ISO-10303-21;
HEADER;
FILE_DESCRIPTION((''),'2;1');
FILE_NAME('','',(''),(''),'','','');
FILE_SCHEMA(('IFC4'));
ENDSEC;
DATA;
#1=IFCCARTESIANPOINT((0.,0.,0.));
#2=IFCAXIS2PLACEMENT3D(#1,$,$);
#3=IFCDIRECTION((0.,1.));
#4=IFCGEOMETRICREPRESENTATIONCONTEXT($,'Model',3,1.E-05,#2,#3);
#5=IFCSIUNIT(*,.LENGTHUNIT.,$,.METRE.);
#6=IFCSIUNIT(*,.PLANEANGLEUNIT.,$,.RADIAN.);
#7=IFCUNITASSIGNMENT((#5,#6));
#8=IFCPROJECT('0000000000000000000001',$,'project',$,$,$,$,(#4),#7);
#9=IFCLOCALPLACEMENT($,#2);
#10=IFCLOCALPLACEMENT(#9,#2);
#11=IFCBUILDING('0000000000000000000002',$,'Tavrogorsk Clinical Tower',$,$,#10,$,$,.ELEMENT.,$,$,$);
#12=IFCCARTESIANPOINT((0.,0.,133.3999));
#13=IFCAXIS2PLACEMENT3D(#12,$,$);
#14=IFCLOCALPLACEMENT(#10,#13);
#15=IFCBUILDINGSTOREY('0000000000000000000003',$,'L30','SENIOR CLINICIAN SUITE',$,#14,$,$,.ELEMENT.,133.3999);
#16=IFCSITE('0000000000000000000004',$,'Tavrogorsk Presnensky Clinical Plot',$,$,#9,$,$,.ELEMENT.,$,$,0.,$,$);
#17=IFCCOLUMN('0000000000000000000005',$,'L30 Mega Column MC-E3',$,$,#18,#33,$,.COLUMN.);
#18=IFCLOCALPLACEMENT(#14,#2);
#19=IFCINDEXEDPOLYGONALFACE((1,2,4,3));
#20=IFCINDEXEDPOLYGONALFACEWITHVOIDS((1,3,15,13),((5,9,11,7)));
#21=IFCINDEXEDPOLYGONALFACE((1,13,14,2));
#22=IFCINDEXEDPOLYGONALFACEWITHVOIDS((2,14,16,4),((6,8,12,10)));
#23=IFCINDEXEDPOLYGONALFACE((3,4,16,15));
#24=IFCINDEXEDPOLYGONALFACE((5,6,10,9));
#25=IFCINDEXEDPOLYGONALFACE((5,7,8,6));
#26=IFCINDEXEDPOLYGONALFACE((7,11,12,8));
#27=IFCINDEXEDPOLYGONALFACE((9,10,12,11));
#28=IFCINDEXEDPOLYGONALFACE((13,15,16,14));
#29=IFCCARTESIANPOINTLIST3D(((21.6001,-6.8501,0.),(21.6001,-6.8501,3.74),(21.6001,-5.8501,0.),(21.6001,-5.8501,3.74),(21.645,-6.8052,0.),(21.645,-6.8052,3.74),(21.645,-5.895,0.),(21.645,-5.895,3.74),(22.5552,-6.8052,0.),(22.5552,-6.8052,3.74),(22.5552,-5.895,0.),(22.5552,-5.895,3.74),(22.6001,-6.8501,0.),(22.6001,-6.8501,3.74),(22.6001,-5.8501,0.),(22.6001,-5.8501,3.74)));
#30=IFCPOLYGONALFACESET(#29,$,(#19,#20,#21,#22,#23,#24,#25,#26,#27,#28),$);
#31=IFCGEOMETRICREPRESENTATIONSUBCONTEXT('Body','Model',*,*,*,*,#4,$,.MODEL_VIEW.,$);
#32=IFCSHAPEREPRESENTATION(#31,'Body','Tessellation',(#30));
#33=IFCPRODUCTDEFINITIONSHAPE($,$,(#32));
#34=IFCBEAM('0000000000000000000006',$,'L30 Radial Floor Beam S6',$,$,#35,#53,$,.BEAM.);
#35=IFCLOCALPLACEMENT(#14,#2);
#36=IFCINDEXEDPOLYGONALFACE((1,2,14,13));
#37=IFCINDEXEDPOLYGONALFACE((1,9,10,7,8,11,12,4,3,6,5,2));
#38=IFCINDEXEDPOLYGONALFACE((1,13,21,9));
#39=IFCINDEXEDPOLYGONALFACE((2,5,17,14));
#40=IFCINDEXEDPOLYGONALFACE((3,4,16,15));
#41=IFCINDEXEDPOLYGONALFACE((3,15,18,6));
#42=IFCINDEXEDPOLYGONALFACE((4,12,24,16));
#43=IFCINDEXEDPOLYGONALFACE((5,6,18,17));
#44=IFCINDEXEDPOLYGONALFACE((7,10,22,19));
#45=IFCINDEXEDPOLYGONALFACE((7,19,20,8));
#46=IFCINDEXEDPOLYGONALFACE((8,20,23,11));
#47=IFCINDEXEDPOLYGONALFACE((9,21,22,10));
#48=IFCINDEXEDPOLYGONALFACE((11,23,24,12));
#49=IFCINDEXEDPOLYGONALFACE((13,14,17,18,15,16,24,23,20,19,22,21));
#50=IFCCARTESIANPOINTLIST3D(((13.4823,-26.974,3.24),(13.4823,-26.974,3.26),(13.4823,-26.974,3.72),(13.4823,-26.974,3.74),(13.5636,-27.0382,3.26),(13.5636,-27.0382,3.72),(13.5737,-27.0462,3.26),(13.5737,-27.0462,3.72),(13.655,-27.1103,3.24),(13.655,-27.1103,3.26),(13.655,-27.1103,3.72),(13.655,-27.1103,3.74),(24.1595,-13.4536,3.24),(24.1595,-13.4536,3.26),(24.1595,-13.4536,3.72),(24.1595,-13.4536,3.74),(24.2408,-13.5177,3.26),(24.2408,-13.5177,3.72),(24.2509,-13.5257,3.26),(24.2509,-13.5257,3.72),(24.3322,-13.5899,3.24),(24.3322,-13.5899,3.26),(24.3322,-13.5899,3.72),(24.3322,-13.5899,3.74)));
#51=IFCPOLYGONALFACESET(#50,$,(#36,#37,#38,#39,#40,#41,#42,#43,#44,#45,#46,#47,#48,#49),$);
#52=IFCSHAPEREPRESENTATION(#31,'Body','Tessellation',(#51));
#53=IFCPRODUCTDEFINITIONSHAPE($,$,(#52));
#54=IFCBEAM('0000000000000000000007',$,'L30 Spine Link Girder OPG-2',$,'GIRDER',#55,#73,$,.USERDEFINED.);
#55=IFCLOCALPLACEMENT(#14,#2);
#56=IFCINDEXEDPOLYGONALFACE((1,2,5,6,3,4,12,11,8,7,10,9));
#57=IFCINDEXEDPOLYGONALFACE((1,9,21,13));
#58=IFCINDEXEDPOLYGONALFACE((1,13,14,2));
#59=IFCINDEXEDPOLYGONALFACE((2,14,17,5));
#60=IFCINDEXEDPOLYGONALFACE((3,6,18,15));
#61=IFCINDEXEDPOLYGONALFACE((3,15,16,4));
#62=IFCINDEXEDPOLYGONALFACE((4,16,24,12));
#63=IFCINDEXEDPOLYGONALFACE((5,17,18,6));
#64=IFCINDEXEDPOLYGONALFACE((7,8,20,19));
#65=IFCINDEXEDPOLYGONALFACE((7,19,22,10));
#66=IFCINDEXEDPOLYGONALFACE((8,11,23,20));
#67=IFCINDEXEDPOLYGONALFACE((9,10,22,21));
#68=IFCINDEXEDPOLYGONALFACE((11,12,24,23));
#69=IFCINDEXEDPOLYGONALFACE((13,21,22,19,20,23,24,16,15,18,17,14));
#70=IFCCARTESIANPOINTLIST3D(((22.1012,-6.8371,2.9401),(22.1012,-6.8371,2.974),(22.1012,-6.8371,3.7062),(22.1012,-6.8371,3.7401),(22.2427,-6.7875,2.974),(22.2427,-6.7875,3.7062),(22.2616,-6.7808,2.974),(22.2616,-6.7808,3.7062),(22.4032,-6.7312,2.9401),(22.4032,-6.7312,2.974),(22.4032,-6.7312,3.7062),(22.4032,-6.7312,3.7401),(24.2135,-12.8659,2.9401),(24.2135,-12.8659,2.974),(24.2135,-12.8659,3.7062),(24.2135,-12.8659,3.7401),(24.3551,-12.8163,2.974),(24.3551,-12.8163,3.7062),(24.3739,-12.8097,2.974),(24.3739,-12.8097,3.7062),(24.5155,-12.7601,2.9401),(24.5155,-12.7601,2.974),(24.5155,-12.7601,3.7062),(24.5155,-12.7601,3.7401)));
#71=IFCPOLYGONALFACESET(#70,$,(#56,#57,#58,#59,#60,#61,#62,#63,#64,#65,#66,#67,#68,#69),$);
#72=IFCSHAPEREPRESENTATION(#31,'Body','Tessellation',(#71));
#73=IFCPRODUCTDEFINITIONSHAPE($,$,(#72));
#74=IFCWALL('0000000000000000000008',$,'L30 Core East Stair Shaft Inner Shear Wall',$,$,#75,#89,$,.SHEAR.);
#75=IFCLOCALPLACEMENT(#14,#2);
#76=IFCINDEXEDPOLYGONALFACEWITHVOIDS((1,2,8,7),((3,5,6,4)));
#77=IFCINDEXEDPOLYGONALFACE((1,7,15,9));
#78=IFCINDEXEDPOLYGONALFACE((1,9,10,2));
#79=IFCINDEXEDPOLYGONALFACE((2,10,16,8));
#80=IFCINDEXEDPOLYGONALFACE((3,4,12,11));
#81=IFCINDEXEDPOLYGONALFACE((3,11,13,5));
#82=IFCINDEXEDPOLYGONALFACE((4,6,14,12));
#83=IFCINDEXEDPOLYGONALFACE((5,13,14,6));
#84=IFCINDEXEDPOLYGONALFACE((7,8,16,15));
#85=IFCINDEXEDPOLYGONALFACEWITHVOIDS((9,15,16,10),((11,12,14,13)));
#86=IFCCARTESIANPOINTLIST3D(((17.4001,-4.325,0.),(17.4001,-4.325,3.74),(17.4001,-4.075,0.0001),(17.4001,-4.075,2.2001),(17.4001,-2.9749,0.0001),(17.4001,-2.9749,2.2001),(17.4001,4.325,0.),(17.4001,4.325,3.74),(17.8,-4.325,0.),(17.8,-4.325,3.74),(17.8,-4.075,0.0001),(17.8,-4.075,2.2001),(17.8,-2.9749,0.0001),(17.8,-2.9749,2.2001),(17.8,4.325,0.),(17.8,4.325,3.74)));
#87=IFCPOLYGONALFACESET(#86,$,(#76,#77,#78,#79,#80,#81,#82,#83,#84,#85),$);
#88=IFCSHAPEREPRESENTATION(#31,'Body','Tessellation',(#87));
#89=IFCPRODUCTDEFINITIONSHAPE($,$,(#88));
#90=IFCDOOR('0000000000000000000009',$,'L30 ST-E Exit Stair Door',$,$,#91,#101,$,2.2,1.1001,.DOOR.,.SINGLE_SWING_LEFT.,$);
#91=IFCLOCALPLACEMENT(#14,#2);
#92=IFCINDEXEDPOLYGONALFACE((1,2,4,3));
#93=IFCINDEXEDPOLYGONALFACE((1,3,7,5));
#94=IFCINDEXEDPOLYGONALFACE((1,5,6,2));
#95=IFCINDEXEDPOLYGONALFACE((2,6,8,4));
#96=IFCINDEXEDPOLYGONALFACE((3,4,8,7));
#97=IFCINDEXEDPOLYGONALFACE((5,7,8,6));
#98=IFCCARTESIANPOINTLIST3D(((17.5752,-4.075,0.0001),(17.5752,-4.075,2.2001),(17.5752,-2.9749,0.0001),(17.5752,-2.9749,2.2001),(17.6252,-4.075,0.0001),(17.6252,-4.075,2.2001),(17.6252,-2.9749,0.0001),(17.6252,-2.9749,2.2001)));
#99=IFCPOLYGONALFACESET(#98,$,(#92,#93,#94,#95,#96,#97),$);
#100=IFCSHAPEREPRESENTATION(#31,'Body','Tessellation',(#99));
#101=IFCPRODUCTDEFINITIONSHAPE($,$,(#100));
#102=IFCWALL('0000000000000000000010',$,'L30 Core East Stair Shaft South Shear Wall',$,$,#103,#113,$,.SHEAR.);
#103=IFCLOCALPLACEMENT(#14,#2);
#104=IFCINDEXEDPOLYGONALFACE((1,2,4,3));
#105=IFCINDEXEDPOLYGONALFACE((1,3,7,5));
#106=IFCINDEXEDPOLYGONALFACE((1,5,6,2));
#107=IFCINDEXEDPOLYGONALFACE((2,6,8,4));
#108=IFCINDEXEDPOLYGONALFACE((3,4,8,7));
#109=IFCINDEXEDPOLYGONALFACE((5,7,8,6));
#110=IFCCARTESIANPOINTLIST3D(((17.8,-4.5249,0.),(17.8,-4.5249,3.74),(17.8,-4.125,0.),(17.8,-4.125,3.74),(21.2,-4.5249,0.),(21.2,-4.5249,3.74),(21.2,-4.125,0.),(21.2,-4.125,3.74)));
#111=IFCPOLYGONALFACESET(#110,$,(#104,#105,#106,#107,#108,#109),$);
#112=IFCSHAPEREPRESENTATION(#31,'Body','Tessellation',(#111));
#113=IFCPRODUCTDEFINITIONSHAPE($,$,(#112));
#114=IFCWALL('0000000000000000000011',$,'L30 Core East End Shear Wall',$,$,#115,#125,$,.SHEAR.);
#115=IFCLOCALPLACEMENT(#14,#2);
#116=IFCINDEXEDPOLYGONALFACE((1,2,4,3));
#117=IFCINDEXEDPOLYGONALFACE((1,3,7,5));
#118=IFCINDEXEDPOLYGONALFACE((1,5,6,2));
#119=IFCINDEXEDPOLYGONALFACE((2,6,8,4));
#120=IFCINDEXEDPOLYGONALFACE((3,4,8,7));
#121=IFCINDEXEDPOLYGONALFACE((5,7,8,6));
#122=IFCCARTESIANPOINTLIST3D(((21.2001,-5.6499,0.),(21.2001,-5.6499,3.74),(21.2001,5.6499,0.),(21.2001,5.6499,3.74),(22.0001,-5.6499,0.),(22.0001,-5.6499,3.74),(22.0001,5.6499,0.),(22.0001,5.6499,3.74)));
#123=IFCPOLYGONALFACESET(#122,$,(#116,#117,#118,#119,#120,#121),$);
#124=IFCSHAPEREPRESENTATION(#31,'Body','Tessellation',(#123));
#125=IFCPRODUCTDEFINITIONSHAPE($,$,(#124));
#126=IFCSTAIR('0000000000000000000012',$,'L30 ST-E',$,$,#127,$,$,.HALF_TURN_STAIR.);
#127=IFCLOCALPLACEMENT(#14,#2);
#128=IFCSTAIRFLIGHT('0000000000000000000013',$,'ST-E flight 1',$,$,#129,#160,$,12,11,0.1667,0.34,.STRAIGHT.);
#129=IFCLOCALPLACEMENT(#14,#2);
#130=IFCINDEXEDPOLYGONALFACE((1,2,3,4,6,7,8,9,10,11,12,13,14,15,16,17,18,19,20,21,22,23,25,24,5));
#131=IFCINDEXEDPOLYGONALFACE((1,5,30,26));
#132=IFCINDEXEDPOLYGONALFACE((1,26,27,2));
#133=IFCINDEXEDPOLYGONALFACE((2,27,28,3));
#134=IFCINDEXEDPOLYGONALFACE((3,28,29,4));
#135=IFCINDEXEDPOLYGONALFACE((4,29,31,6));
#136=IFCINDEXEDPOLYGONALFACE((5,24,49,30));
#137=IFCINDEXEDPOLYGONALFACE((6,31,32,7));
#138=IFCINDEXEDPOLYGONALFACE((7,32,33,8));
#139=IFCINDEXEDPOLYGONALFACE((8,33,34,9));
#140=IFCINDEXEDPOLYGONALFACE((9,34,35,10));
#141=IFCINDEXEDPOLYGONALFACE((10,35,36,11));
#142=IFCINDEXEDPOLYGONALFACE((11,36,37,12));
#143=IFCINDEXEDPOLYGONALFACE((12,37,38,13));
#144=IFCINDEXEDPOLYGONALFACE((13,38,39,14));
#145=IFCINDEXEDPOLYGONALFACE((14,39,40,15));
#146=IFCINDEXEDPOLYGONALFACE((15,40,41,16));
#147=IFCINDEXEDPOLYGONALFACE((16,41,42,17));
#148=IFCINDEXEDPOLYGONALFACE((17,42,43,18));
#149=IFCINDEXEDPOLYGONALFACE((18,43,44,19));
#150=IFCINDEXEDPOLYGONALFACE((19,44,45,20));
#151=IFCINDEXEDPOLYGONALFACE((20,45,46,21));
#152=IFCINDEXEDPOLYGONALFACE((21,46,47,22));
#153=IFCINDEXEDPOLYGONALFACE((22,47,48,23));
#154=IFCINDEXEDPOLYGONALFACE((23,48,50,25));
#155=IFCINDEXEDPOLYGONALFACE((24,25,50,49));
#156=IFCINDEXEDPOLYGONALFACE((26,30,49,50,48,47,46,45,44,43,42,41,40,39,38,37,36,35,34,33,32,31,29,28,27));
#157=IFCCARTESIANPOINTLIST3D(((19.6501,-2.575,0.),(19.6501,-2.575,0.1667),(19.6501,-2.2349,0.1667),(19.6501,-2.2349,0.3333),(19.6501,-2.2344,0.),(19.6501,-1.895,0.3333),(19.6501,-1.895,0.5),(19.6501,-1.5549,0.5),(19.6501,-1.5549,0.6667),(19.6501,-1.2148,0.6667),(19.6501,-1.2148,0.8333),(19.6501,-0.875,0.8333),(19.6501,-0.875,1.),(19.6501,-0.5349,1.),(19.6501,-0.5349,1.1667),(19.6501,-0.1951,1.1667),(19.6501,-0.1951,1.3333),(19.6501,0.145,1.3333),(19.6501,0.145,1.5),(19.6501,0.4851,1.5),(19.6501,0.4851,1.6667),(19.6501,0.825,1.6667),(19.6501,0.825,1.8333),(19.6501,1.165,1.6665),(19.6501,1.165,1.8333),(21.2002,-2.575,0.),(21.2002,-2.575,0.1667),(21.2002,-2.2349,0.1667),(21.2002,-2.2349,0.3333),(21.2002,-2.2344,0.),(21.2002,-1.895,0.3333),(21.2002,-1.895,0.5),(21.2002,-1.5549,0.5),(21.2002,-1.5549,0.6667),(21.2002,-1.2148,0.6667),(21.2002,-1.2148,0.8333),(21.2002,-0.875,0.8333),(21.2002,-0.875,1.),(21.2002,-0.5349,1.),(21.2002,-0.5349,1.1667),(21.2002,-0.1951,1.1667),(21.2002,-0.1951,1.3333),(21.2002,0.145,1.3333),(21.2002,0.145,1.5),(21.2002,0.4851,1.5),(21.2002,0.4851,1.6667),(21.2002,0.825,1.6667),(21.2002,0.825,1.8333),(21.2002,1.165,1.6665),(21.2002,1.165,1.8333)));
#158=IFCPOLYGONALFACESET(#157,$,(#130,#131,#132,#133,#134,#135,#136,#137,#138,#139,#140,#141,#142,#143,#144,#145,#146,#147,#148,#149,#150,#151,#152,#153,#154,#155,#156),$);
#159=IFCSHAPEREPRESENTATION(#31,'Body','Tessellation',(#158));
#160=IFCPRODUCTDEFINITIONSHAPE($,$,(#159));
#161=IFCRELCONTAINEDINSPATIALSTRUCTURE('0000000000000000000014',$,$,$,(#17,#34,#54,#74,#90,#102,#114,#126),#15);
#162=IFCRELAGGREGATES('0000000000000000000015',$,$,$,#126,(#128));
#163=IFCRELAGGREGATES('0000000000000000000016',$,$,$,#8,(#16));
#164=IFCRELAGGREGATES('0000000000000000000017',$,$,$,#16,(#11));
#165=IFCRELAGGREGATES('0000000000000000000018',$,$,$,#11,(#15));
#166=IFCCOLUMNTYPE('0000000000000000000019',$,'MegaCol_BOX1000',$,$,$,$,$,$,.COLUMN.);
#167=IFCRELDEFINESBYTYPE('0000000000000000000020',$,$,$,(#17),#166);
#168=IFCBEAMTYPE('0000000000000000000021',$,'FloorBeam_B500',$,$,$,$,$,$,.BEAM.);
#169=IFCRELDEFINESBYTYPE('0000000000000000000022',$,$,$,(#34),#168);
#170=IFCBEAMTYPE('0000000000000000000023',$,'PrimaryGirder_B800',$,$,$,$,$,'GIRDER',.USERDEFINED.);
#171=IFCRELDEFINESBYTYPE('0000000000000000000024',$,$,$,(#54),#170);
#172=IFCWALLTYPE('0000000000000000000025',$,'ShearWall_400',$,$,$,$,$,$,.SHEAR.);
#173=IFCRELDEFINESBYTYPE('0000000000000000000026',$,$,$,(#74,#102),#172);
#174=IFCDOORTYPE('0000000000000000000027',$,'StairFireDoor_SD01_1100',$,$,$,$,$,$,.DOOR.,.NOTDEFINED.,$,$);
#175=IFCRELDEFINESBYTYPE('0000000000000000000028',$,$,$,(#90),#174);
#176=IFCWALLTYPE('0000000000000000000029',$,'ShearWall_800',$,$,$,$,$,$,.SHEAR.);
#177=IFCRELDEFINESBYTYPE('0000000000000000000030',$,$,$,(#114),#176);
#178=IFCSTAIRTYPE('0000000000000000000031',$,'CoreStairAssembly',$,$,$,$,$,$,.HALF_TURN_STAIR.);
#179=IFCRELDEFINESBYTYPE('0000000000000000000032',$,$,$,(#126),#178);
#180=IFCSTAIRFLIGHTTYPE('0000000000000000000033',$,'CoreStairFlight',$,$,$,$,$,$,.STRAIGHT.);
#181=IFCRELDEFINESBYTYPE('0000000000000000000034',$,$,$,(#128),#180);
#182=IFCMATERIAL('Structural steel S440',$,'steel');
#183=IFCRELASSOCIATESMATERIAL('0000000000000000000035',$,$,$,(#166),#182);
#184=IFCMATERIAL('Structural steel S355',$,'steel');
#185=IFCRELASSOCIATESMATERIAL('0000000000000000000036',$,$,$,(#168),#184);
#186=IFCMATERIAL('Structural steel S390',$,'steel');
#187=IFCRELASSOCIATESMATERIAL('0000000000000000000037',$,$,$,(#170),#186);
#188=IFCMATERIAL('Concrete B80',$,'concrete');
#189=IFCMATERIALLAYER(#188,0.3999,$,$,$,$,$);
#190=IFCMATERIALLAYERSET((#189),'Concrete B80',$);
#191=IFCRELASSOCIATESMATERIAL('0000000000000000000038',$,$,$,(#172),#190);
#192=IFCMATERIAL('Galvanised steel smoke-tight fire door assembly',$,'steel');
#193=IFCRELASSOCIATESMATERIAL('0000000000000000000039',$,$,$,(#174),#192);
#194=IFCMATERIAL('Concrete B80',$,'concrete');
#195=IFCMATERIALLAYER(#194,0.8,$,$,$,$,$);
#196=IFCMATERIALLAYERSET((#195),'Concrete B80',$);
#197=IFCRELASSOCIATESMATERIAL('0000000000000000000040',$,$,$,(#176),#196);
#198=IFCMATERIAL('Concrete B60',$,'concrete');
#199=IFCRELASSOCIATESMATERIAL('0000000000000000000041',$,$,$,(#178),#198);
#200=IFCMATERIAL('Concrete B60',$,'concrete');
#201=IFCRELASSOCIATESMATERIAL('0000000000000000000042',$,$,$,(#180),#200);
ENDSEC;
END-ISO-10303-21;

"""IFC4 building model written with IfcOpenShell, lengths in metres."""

from ifc_helpers import new_model, si_unit, direction, frame, frame_2d, origin, origin_2d, place, context, subcontext, project, spatial, polyline, rectangle, hollow_rectangle, i_section, outline, extrude, material, layer, layer_set, material_profile, profile_set, type_object, element, fill, aggregate, save


model = new_model("IFC4")

# Units and contexts
model_context = context("Model", 3, precision=1e-05, world=origin(), true_north=direction((0.0, 1.0)))
body_context = subcontext(model_context, "Body", "Model", "MODEL_VIEW")
ifc_project = project(units=[si_unit("LENGTHUNIT", "METRE"), si_unit("PLANEANGLEUNIT", "RADIAN")], contexts=[model_context])

# Site, building, storey
site_placement = place(None, origin())
site = spatial("IfcSite", under=ifc_project, at=site_placement, Name="Tavrogorsk Presnensky Clinical Plot", CompositionType="ELEMENT", RefElevation=0.0)
building_placement = place(site_placement, origin())
building = spatial("IfcBuilding", under=site, at=building_placement, Name="Tavrogorsk Clinical Tower", CompositionType="ELEMENT")
storey_placement = place(building_placement, frame((0.0, 0.0, 133.3999)))
storey = spatial("IfcBuildingStorey", under=building, at=storey_placement, Name="L30", Description="SENIOR CLINICIAN SUITE", CompositionType="ELEMENT", Elevation=133.3999)

# Column
ifc_material_1 = material(Name="Structural steel S440", Category="steel")
ifc_material_profile_1 = material_profile(ifc_material_1, hollow_rectangle(XDim=1.0, YDim=1.0, WallThickness=0.0449, at=origin_2d()), Name="BOX-1000x1000x45")
ifc_profile_set_1 = profile_set([ifc_material_profile_1], Name="Structural steel S440")
column_type = type_object("IfcColumnType", Name="MegaCol_BOX1000", PredefinedType="COLUMN", material=ifc_profile_set_1)
column_placement = place(storey_placement, frame((22.1001, -6.3501, 0.0), z_axis=(0.0, 0.0, 1.0), x_axis=(1.0, 0.0, 0.0)))
element("IfcColumn", 1, at=column_placement, inside=storey, type_object=column_type, Name="L30 Mega Column MC-E3", PredefinedType="COLUMN", context=body_context, shape_type="SweptSolid", body=[
    extrude(hollow_rectangle(XDim=1.0, YDim=1.0, WallThickness=0.0449, at=origin_2d()), origin(), (0.0, 0.0, 1.0), 3.74),
])

# Beams
ifc_material_2 = material(Name="Structural steel S355", Category="steel")
ifc_material_profile_2 = material_profile(ifc_material_2, i_section(OverallWidth=0.22, OverallDepth=0.5, WebThickness=0.0129, FlangeThickness=0.02, at=origin_2d()), Name="B-500x220x13x20")
ifc_profile_set_2 = profile_set([ifc_material_profile_2], Name="Structural steel S355")
beam_type_1 = type_object("IfcBeamType", Name="FloorBeam_B500", PredefinedType="BEAM", material=ifc_profile_set_2)
beam_1_placement = place(storey_placement, frame((24.2458, -13.5217, 3.49), z_axis=(-0.619757, -0.784794, 0.0), x_axis=(0.784794, -0.619757, 0.0)))
element("IfcBeam", 2, at=beam_1_placement, inside=storey, type_object=beam_type_1, Name="L30 Radial Floor Beam S6", PredefinedType="BEAM", context=body_context, shape_type="SweptSolid", body=[
    extrude(i_section(OverallWidth=0.22, OverallDepth=0.5, WebThickness=0.0129, FlangeThickness=0.02, at=origin_2d()), origin(), (0.0, 0.0, 1.0), 17.228),
])
ifc_material_3 = material(Name="Structural steel S390", Category="steel")
ifc_material_profile_3 = material_profile(ifc_material_3, i_section(OverallWidth=0.3201, OverallDepth=0.8, WebThickness=0.02, FlangeThickness=0.0339, at=origin_2d()), Name="B-800x320x20x34")
ifc_profile_set_3 = profile_set([ifc_material_profile_3], Name="Structural steel S390")
beam_type_2 = type_object("IfcBeamType", Name="PrimaryGirder_B800", ElementType="GIRDER", PredefinedType="USERDEFINED", material=ifc_profile_set_3)
beam_2_placement = place(storey_placement, frame((24.3645, -12.813, 3.3401), z_axis=(-0.33066, 0.94375, 0.0), x_axis=(-0.94375, -0.33066, 0.0)))
element("IfcBeam", 3, at=beam_2_placement, inside=storey, type_object=beam_type_2, Name="L30 Spine Link Girder OPG-2", ObjectType="GIRDER", PredefinedType="USERDEFINED", context=body_context, shape_type="SweptSolid", body=[
    extrude(i_section(OverallWidth=0.3201, OverallDepth=0.8, WebThickness=0.02, FlangeThickness=0.0339, at=origin_2d()), origin(), (0.0, 0.0, 1.0), 6.3882),
])

# Wall, opening, door
ifc_material_4 = material(Name="Concrete B80", Category="concrete")
ifc_layer_1 = layer(ifc_material_4, 0.3999)
ifc_layer_set_1 = layer_set([ifc_layer_1], Name="Concrete B80")
wall_type_1 = type_object("IfcWallType", Name="ShearWall_400", PredefinedType="SHEAR", material=ifc_layer_set_1)
wall_1_placement = place(storey_placement, frame((17.6001, -4.325, 0.0), z_axis=(0.0, 0.0, 1.0), x_axis=(0.0, 1.0, 0.0)))
wall_1 = element("IfcWall", 4, at=wall_1_placement, inside=storey, type_object=wall_type_1, Name="L30 Core East Stair Shaft Inner Shear Wall", PredefinedType="SHEAR", context=body_context, shape_type="SweptSolid", body=[
    extrude(rectangle(XDim=8.6499, YDim=0.3999, at=frame_2d((4.325, 0.0))), origin(), (0.0, 0.0, 1.0), 3.74),
])
opening_placement = place(wall_1_placement, frame((0.25, 0.0, 0.0)))
opening = element("IfcOpeningElement", 5, at=opening_placement, cuts=wall_1, PredefinedType="OPENING", context=body_context, shape_type="SweptSolid", body=[
    extrude(rectangle(XDim=1.1001, YDim=2.2, at=frame_2d((0.55, 1.1001))), frame((0.0, 0.21, 0.0), z_axis=(0.0, -1.0, 0.0), x_axis=(1.0, 0.0, 0.0)), (0.0, 0.0, 1.0), 0.4199),
])
ifc_material_5 = material(Name="Galvanised steel smoke-tight fire door assembly", Category="steel")
door_type = type_object("IfcDoorType", Name="StairFireDoor_SD01_1100", OperationType="NOTDEFINED", PredefinedType="DOOR", material=ifc_material_5)
door_placement = place(opening_placement, origin())
door = element("IfcDoor", 6, at=door_placement, inside=storey, type_object=door_type, Name="L30 ST-E Exit Stair Door", OperationType="SINGLE_SWING_LEFT", OverallHeight=2.2, OverallWidth=1.1001, PredefinedType="DOOR", context=body_context, shape_type="SweptSolid", body=[
    extrude(rectangle(XDim=1.1001, YDim=2.2, at=frame_2d((0.55, 1.1001))), frame((0.0, 0.0249, 0.0), z_axis=(0.0, -1.0, 0.0), x_axis=(1.0, 0.0, 0.0)), (0.0, 0.0, 1.0), 0.05),
])
fill(opening, door)

# Walls
wall_2_placement = place(storey_placement, frame((17.8, -4.325, 0.0), z_axis=(0.0, 0.0, 1.0), x_axis=(1.0, 0.0, 0.0)))
element("IfcWall", 7, at=wall_2_placement, inside=storey, type_object=wall_type_1, Name="L30 Core East Stair Shaft South Shear Wall", PredefinedType="SHEAR", context=body_context, shape_type="SweptSolid", body=[
    extrude(rectangle(XDim=3.3999, YDim=0.3999, at=frame_2d((1.7, 0.0))), origin(), (0.0, 0.0, 1.0), 3.74),
])
ifc_material_6 = material(Name="Concrete B80", Category="concrete")
ifc_layer_2 = layer(ifc_material_6, 0.8)
ifc_layer_set_2 = layer_set([ifc_layer_2], Name="Concrete B80")
wall_type_2 = type_object("IfcWallType", Name="ShearWall_800", PredefinedType="SHEAR", material=ifc_layer_set_2)
wall_3_placement = place(storey_placement, frame((21.6001, -5.6499, 0.0), z_axis=(0.0, 0.0, 1.0), x_axis=(0.0, 1.0, 0.0)))
element("IfcWall", 8, at=wall_3_placement, inside=storey, type_object=wall_type_2, Name="L30 Core East End Shear Wall", PredefinedType="SHEAR", context=body_context, shape_type="SweptSolid", body=[
    extrude(rectangle(XDim=11.2998, YDim=0.8, at=frame_2d((5.6499, 0.0))), origin(), (0.0, 0.0, 1.0), 3.74),
])

# Stair, stair flight
ifc_material_7 = material(Name="Concrete B60", Category="concrete")
stair_type = type_object("IfcStairType", Name="CoreStairAssembly", PredefinedType="HALF_TURN_STAIR", material=ifc_material_7)
stair_placement = place(storey_placement, origin())
stair = element("IfcStair", 9, at=stair_placement, inside=storey, type_object=stair_type, Name="L30 ST-E", PredefinedType="HALF_TURN_STAIR")
ifc_material_8 = material(Name="Concrete B60", Category="concrete")
stair_flight_type = type_object("IfcStairFlightType", Name="CoreStairFlight", PredefinedType="STRAIGHT", material=ifc_material_8)
stair_flight_placement = place(storey_placement, frame((20.425, -2.575, 0.0), z_axis=(0.0, 0.0, 1.0), x_axis=(0.0, 1.0, 0.0)))
stair_flight = element("IfcStairFlight", 10, at=stair_flight_placement, type_object=stair_flight_type, Name="ST-E flight 1", NumberOfRisers=12, NumberOfTreads=11, PredefinedType="STRAIGHT", RiserHeight=0.1667, TreadLength=0.34, context=body_context, shape_type="SweptSolid", body=[
    extrude(outline(polyline([(0.0, 0.0), (0.0, 0.1667), (0.3401, 0.1667), (0.3401, 0.3333), (0.6799, 0.3333), (0.6799, 0.5), (1.02, 0.5), (1.02, 0.6667), (1.3601, 0.6667), (1.3601, 0.8333), (1.7, 0.8333), (1.7, 1.0), (2.04, 1.0), (2.04, 1.1667), (2.3799, 1.1667), (2.3799, 1.3333), (2.72, 1.3333), (2.72, 1.5), (3.0601, 1.5), (3.0601, 1.6667), (3.3999, 1.6667), (3.3999, 1.8333), (3.74, 1.8333), (3.74, 2.0), (3.74, 1.6665), (0.3406, 0.0), (0.0, 0.0)])), frame((0.0, 0.7749, 0.0), z_axis=(0.0, -1.0, 0.0), x_axis=(1.0, 0.0, 0.0)), (0.0, 0.0, 1.0), 1.55),
])
aggregate(stair, [stair_flight])

save(model, "model.ifc")
